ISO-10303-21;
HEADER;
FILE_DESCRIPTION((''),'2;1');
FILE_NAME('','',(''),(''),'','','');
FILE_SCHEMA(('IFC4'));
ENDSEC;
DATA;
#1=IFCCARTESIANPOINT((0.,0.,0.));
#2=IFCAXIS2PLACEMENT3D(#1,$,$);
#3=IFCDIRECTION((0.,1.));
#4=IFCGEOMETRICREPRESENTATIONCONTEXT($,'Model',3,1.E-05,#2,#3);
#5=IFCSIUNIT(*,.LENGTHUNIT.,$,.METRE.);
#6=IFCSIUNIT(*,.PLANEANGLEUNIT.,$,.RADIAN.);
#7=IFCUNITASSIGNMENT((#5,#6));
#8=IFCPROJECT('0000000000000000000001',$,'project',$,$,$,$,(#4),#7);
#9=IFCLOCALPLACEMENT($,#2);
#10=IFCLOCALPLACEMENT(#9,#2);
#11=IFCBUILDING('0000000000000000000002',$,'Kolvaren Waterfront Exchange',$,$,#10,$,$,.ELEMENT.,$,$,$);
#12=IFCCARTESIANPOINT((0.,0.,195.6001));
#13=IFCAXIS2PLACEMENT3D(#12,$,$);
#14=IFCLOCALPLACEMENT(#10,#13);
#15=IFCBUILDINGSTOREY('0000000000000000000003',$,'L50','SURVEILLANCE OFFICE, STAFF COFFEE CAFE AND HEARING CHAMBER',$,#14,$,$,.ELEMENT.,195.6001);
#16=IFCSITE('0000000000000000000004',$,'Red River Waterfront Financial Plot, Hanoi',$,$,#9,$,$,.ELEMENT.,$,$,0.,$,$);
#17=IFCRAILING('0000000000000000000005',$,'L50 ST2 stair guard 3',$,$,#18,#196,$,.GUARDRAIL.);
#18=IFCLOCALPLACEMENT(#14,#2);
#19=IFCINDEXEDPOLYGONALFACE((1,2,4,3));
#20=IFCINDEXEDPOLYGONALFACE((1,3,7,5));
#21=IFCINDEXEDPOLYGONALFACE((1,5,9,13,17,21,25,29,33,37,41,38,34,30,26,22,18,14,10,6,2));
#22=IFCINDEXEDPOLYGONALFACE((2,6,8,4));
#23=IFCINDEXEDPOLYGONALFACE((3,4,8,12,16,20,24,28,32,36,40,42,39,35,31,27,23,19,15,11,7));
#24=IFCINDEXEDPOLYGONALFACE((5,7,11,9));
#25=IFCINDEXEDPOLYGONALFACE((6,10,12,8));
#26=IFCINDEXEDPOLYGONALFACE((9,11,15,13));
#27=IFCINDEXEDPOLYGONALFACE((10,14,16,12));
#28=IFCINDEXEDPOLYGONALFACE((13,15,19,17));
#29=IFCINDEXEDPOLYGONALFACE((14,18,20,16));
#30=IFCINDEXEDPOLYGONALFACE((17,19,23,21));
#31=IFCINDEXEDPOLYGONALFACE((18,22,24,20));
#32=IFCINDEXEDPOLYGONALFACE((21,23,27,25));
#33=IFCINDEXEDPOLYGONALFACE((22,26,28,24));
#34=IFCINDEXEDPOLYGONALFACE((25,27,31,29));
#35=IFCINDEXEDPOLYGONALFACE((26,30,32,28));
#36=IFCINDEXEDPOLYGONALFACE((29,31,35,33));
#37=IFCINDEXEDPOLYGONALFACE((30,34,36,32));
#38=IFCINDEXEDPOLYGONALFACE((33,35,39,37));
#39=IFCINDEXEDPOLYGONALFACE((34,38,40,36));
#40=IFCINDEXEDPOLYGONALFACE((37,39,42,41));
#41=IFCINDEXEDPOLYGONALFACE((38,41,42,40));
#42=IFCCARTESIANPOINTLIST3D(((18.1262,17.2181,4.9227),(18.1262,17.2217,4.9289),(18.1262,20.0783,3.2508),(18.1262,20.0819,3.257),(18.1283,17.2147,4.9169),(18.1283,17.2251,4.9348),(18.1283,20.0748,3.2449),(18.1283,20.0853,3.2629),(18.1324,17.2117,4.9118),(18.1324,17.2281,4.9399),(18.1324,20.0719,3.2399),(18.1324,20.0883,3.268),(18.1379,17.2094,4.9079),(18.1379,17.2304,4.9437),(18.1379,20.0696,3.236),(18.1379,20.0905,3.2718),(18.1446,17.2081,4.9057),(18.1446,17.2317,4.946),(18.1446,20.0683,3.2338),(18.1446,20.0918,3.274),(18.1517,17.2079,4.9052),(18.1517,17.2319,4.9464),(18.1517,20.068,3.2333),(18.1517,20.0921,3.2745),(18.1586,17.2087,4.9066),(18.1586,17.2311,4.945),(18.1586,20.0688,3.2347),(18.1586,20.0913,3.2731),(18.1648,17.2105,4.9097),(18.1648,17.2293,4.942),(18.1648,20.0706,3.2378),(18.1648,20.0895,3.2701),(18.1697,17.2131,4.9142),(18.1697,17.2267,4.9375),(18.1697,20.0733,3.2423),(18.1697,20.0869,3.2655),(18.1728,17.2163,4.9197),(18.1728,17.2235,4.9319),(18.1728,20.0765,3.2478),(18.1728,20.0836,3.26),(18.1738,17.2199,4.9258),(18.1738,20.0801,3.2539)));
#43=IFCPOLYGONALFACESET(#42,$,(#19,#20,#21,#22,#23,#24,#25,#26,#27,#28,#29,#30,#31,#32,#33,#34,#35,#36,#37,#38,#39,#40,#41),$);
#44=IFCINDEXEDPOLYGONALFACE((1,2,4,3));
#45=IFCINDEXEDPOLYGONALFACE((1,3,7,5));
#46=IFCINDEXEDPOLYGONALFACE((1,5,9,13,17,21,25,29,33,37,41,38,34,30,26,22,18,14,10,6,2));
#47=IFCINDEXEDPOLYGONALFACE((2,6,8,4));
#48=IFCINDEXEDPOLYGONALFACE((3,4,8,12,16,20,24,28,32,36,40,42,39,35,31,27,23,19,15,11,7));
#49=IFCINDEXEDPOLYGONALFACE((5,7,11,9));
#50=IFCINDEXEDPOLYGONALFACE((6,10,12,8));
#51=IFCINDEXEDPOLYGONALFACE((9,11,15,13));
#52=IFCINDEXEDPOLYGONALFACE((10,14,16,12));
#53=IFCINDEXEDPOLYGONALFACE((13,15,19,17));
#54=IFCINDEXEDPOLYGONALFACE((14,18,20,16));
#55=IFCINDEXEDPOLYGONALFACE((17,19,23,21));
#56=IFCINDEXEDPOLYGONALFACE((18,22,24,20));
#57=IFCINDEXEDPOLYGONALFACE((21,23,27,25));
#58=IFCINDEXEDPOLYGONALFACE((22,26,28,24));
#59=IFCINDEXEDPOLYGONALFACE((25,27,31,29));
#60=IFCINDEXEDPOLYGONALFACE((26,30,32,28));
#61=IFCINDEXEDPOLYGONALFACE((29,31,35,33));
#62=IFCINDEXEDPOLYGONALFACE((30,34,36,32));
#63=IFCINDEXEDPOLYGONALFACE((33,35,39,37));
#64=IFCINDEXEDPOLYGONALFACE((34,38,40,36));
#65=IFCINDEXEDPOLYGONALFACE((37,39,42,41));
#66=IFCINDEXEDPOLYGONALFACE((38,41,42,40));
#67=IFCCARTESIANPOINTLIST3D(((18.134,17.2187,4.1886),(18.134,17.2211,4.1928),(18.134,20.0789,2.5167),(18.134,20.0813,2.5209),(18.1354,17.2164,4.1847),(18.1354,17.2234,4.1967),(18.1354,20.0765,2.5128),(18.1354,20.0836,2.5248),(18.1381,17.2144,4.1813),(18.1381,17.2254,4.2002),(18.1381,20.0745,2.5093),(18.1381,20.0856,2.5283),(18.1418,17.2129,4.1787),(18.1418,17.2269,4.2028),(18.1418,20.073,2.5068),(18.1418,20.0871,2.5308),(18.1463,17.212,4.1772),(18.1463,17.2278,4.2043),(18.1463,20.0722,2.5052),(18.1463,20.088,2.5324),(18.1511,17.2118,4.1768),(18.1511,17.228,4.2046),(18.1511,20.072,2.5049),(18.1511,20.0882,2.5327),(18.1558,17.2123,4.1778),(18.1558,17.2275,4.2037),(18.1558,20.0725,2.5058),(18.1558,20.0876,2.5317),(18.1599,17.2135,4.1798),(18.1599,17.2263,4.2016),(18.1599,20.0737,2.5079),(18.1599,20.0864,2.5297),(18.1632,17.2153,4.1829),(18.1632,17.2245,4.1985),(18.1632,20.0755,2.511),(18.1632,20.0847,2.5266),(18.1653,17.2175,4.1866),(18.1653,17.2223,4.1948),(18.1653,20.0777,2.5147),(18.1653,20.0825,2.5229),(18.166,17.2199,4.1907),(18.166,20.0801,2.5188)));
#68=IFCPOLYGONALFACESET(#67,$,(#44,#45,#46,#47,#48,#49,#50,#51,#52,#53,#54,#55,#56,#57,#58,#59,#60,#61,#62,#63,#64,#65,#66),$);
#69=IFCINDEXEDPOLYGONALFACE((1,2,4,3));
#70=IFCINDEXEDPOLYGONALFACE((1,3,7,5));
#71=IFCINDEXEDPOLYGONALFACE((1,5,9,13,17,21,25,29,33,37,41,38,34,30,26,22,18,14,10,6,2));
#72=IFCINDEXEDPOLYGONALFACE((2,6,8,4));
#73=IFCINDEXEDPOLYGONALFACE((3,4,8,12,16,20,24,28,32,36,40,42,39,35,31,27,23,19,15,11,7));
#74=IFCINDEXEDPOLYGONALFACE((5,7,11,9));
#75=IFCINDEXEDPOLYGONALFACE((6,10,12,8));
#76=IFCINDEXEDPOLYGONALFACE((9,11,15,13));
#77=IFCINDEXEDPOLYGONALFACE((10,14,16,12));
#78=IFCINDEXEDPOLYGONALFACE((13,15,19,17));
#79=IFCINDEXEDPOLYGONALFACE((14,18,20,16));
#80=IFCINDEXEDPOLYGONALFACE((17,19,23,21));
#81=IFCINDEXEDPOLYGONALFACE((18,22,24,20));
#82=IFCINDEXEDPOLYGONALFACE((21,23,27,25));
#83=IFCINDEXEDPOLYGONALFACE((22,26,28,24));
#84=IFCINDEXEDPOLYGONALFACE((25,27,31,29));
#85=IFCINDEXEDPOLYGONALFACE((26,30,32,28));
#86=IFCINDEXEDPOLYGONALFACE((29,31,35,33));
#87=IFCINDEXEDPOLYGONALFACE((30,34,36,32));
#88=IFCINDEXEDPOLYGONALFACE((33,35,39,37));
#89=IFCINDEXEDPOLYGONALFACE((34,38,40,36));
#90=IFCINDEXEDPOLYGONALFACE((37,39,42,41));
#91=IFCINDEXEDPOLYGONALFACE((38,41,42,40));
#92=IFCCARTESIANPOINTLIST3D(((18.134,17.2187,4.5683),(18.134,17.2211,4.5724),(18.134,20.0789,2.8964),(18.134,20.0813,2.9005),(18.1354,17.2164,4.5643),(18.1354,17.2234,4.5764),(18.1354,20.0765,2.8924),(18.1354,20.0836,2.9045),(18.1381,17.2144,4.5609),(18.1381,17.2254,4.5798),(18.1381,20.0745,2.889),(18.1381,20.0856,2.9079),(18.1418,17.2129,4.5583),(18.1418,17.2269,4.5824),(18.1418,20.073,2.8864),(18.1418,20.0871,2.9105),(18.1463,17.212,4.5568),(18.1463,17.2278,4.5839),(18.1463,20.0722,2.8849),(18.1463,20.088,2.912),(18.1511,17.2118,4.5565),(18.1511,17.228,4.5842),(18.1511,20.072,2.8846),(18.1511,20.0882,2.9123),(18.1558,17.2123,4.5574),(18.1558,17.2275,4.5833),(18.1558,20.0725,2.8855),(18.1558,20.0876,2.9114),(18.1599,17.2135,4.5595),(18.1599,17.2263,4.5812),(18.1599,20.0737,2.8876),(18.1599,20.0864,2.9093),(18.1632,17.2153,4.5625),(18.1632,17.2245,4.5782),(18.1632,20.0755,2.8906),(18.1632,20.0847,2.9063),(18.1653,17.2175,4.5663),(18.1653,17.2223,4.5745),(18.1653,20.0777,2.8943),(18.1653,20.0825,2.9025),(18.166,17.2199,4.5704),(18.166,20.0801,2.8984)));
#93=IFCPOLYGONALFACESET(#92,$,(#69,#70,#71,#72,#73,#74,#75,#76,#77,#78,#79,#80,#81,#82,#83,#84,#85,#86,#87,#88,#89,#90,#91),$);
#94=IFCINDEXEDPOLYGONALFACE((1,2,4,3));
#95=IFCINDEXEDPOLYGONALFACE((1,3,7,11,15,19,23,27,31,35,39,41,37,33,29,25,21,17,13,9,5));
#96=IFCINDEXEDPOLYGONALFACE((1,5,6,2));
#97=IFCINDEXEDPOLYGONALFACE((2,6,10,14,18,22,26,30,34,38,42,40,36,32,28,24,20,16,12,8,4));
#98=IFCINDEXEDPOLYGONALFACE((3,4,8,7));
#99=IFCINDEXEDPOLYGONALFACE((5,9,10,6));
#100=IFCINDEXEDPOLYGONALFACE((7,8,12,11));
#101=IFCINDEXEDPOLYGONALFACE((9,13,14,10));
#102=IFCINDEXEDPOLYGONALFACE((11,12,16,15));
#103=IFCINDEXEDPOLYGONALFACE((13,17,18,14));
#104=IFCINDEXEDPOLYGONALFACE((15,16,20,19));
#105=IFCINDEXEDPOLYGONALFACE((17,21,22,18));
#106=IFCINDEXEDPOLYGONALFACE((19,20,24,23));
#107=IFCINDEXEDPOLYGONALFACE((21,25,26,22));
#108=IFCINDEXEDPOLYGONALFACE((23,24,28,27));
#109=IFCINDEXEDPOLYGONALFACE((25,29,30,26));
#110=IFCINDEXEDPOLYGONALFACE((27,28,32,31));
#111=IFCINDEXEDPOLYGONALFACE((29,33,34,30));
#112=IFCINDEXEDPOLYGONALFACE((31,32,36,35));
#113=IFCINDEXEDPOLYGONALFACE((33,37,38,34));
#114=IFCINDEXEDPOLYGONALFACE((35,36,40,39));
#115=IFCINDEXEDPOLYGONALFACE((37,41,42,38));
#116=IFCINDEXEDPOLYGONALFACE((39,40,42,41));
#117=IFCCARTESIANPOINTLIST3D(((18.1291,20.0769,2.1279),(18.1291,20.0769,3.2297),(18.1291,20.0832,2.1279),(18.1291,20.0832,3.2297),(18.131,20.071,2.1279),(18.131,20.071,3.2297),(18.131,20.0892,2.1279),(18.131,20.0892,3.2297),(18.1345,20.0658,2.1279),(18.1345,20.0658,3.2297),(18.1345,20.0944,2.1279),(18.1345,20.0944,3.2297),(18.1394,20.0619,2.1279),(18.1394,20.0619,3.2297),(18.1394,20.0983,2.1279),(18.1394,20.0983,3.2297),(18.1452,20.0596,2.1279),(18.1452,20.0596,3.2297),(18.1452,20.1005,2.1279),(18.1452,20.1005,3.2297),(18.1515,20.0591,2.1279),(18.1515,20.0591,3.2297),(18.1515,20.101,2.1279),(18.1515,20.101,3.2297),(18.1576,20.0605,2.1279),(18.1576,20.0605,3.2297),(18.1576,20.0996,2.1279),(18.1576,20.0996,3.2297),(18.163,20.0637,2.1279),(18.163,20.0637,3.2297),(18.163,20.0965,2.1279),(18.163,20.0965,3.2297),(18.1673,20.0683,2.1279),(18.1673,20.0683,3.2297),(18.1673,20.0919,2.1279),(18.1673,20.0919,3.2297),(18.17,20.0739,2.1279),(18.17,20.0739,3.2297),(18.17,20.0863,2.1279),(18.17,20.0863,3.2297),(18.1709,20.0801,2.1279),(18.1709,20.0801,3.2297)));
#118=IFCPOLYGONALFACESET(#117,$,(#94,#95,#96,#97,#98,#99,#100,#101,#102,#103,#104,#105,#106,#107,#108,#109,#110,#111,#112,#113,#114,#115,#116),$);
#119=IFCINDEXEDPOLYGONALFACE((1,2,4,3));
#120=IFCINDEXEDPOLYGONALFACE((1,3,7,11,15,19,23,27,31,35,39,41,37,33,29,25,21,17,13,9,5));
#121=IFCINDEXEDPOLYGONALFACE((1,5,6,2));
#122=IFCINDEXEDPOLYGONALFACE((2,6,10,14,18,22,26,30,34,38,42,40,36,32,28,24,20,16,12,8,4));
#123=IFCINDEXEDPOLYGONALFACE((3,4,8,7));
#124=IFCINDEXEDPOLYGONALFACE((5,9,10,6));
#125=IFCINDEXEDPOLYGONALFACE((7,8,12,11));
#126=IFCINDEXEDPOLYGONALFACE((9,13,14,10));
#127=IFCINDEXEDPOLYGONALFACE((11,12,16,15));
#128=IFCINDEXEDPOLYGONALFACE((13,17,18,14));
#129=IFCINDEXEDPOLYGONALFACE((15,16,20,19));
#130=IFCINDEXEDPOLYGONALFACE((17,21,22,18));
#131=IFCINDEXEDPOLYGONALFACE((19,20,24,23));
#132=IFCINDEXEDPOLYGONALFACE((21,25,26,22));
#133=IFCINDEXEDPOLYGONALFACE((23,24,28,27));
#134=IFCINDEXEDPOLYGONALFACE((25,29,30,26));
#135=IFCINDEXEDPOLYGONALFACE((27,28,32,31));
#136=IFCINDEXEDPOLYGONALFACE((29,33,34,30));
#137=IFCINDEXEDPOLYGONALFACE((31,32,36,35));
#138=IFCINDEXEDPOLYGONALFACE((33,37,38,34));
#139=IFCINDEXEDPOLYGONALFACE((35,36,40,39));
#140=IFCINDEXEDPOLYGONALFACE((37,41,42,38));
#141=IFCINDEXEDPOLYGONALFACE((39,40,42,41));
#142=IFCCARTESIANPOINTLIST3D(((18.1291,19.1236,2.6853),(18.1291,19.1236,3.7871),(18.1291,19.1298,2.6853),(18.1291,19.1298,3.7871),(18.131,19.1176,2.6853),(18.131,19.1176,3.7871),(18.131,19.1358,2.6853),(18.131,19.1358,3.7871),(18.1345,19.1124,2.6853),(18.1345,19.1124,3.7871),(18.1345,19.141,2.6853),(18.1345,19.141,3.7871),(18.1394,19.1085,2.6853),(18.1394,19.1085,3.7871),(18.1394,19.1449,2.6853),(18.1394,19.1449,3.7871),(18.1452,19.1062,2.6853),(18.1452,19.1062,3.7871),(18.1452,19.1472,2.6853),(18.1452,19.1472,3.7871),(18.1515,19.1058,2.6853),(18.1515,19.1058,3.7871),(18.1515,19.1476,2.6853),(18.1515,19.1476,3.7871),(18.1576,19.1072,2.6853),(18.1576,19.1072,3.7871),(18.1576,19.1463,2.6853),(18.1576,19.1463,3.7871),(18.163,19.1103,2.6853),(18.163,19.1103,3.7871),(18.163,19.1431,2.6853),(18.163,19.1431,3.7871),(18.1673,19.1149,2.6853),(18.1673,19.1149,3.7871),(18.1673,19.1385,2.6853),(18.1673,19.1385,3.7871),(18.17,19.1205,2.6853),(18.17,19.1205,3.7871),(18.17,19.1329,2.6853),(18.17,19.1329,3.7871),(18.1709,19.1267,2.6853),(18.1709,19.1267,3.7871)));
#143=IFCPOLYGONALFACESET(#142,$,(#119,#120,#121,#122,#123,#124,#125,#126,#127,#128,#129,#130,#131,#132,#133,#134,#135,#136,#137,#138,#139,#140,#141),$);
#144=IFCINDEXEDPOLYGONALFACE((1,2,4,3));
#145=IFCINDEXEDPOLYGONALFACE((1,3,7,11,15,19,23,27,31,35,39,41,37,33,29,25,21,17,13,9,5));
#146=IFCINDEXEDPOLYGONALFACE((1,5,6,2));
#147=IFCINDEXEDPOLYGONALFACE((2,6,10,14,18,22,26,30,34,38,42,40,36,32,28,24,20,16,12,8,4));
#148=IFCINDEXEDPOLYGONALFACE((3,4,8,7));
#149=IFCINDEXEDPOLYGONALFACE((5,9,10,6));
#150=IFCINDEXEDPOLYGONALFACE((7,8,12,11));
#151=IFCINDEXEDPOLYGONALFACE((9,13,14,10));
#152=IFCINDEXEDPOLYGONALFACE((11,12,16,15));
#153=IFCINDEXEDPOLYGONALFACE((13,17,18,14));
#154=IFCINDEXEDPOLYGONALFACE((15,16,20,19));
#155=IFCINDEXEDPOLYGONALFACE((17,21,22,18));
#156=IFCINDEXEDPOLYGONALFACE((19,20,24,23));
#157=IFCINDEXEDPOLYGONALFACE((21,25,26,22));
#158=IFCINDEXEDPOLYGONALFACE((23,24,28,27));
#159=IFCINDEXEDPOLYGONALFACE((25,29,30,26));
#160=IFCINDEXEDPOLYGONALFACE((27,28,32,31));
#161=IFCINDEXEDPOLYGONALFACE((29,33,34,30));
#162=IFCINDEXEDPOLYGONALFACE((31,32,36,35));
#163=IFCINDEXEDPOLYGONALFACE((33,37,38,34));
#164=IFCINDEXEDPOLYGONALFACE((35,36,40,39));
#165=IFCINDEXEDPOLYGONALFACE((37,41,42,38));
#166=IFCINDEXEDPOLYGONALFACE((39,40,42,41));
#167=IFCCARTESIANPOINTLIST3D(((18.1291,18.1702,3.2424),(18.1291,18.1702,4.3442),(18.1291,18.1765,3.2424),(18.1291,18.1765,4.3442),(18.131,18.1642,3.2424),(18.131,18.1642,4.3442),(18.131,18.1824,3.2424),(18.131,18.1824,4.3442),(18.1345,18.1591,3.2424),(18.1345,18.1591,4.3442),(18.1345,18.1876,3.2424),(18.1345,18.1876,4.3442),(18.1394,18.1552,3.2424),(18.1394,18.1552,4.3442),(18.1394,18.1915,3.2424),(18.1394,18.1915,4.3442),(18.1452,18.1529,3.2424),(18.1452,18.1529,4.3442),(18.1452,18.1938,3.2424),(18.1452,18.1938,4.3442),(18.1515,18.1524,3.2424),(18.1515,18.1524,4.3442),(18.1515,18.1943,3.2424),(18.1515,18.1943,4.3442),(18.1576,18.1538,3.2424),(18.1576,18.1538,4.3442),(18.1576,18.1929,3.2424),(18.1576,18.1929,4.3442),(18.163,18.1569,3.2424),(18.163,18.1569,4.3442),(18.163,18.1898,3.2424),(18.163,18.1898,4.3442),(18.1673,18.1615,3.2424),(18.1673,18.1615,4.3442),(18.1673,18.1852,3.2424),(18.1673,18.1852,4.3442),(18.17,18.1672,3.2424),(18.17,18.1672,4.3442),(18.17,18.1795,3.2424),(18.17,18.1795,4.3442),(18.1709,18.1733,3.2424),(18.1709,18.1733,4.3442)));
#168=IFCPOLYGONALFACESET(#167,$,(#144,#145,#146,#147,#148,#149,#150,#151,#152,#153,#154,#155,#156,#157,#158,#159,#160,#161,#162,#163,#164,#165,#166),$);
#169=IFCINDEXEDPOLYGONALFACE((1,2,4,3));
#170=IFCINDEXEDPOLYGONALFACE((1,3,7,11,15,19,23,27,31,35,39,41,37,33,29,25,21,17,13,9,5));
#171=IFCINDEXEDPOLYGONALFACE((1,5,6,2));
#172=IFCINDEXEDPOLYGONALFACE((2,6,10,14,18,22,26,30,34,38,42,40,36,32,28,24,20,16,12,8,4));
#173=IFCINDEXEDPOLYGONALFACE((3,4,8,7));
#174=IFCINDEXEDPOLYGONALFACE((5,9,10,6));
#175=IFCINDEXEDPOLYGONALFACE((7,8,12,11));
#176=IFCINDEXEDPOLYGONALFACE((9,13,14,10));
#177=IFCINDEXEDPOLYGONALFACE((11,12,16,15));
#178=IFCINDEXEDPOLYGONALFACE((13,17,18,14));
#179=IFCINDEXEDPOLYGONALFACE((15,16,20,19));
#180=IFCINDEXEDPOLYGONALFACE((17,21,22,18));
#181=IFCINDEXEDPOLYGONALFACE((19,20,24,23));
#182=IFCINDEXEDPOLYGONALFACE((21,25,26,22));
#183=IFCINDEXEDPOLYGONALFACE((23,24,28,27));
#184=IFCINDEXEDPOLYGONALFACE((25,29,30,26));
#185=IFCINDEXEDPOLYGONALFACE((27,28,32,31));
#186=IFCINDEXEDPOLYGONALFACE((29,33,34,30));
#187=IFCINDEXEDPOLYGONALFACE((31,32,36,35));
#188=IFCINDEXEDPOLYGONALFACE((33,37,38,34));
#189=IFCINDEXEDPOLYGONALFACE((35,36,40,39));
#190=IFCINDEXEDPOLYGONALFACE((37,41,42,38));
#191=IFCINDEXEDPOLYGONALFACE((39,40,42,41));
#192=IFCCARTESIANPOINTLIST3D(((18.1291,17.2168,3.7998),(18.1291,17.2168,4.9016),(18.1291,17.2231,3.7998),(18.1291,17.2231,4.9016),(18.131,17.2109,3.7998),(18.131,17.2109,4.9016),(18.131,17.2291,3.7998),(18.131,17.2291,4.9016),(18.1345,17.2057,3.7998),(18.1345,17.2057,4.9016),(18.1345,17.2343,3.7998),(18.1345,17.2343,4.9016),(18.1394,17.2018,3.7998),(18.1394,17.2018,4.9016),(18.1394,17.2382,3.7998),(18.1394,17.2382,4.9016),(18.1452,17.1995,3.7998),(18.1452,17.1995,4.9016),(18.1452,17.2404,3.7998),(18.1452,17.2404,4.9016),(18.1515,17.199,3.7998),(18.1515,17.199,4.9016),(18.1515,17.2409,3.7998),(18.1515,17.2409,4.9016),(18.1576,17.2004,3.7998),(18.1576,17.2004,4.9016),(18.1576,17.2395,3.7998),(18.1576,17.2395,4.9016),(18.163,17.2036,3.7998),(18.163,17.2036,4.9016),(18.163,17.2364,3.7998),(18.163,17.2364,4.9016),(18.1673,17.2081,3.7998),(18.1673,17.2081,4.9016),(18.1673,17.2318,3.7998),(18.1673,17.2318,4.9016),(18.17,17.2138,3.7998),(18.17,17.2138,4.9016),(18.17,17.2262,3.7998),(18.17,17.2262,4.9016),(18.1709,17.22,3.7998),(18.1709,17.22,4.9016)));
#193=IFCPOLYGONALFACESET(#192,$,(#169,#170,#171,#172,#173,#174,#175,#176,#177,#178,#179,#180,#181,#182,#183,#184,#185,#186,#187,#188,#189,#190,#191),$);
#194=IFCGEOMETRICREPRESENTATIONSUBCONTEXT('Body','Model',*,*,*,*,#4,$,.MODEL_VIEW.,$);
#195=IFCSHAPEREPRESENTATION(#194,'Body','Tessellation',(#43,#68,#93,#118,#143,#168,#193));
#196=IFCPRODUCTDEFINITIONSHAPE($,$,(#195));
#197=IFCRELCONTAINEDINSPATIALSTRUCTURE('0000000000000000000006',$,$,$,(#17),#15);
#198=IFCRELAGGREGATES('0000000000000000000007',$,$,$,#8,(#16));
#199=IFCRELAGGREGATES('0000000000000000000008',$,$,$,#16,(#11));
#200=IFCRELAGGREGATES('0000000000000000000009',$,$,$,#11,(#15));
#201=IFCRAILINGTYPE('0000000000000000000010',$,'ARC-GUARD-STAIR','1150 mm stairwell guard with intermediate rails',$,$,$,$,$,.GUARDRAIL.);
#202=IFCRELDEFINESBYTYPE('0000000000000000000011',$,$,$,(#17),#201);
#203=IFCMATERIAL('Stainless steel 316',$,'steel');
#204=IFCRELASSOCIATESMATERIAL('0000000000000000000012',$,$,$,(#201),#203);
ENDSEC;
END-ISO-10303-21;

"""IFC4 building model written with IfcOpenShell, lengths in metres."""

from ifc_helpers import new_model, si_unit, direction, frame, origin, origin_2d, place, context, subcontext, project, spatial, circle, extrude, material, type_object, element, save


model = new_model("IFC4")

# Units and contexts
model_context = context("Model", 3, precision=1e-05, world=origin(), true_north=direction((0.0, 1.0)))
body_context = subcontext(model_context, "Body", "Model", "MODEL_VIEW")
ifc_project = project(units=[si_unit("LENGTHUNIT", "METRE"), si_unit("PLANEANGLEUNIT", "RADIAN")], contexts=[model_context])

# Site, building, storey
site_placement = place(None, origin())
site = spatial("IfcSite", under=ifc_project, at=site_placement, Name="Red River Waterfront Financial Plot, Hanoi", CompositionType="ELEMENT", RefElevation=0.0)
building_placement = place(site_placement, origin())
building = spatial("IfcBuilding", under=site, at=building_placement, Name="Kolvaren Waterfront Exchange", CompositionType="ELEMENT")
storey_placement = place(building_placement, frame((0.0, 0.0, 195.6001)))
storey = spatial("IfcBuildingStorey", under=building, at=storey_placement, Name="L50", Description="SURVEILLANCE OFFICE, STAFF COFFEE CAFE AND HEARING CHAMBER", CompositionType="ELEMENT", Elevation=195.6001)

# Railing
ifc_material_1 = material(Name="Stainless steel 316", Category="steel")
railing_type = type_object("IfcRailingType", Name="ARC-GUARD-STAIR", Description="1150 mm stairwell guard with intermediate rails", PredefinedType="GUARDRAIL", material=ifc_material_1)
railing_1_placement = place(storey_placement, frame((18.1499, 20.0801, 2.1279)))
element("IfcRailing", 1, at=railing_1_placement, inside=storey, type_object=railing_type, Name="L50 ST2 stair guard 3", PredefinedType="GUARDRAIL", context=body_context, shape_type="SweptSolid", body=[
    extrude(circle(Radius=0.0239, at=origin_2d()), frame((0.0, 0.0, 1.126), z_axis=(0.0, -0.863321, 0.504654), x_axis=(1.0, 0.0, 0.0)), (0.0, 0.0, 1.0), 3.313),
    extrude(circle(Radius=0.0161, at=origin_2d()), frame((0.0, 0.0, 0.3909), z_axis=(0.0, -0.863321, 0.504654), x_axis=(1.0, 0.0, 0.0)), (0.0, 0.0, 1.0), 3.313),
    extrude(circle(Radius=0.0161, at=origin_2d()), frame((0.0, 0.0, 0.7705), z_axis=(0.0, -0.863321, 0.504654), x_axis=(1.0, 0.0, 0.0)), (0.0, 0.0, 1.0), 3.313),
    extrude(circle(Radius=0.021, at=origin_2d()), origin(), (0.0, 0.0, 1.0), 1.1018),
    extrude(circle(Radius=0.021, at=origin_2d()), frame((0.0, -0.9534, 0.5574)), (0.0, 0.0, 1.0), 1.1018),
    extrude(circle(Radius=0.021, at=origin_2d()), frame((0.0, -1.9067, 1.1145)), (0.0, 0.0, 1.0), 1.1018),
    extrude(circle(Radius=0.021, at=origin_2d()), frame((0.0, -2.8601, 1.6719)), (0.0, 0.0, 1.0), 1.1018),
])

save(model, "model.ifc")
